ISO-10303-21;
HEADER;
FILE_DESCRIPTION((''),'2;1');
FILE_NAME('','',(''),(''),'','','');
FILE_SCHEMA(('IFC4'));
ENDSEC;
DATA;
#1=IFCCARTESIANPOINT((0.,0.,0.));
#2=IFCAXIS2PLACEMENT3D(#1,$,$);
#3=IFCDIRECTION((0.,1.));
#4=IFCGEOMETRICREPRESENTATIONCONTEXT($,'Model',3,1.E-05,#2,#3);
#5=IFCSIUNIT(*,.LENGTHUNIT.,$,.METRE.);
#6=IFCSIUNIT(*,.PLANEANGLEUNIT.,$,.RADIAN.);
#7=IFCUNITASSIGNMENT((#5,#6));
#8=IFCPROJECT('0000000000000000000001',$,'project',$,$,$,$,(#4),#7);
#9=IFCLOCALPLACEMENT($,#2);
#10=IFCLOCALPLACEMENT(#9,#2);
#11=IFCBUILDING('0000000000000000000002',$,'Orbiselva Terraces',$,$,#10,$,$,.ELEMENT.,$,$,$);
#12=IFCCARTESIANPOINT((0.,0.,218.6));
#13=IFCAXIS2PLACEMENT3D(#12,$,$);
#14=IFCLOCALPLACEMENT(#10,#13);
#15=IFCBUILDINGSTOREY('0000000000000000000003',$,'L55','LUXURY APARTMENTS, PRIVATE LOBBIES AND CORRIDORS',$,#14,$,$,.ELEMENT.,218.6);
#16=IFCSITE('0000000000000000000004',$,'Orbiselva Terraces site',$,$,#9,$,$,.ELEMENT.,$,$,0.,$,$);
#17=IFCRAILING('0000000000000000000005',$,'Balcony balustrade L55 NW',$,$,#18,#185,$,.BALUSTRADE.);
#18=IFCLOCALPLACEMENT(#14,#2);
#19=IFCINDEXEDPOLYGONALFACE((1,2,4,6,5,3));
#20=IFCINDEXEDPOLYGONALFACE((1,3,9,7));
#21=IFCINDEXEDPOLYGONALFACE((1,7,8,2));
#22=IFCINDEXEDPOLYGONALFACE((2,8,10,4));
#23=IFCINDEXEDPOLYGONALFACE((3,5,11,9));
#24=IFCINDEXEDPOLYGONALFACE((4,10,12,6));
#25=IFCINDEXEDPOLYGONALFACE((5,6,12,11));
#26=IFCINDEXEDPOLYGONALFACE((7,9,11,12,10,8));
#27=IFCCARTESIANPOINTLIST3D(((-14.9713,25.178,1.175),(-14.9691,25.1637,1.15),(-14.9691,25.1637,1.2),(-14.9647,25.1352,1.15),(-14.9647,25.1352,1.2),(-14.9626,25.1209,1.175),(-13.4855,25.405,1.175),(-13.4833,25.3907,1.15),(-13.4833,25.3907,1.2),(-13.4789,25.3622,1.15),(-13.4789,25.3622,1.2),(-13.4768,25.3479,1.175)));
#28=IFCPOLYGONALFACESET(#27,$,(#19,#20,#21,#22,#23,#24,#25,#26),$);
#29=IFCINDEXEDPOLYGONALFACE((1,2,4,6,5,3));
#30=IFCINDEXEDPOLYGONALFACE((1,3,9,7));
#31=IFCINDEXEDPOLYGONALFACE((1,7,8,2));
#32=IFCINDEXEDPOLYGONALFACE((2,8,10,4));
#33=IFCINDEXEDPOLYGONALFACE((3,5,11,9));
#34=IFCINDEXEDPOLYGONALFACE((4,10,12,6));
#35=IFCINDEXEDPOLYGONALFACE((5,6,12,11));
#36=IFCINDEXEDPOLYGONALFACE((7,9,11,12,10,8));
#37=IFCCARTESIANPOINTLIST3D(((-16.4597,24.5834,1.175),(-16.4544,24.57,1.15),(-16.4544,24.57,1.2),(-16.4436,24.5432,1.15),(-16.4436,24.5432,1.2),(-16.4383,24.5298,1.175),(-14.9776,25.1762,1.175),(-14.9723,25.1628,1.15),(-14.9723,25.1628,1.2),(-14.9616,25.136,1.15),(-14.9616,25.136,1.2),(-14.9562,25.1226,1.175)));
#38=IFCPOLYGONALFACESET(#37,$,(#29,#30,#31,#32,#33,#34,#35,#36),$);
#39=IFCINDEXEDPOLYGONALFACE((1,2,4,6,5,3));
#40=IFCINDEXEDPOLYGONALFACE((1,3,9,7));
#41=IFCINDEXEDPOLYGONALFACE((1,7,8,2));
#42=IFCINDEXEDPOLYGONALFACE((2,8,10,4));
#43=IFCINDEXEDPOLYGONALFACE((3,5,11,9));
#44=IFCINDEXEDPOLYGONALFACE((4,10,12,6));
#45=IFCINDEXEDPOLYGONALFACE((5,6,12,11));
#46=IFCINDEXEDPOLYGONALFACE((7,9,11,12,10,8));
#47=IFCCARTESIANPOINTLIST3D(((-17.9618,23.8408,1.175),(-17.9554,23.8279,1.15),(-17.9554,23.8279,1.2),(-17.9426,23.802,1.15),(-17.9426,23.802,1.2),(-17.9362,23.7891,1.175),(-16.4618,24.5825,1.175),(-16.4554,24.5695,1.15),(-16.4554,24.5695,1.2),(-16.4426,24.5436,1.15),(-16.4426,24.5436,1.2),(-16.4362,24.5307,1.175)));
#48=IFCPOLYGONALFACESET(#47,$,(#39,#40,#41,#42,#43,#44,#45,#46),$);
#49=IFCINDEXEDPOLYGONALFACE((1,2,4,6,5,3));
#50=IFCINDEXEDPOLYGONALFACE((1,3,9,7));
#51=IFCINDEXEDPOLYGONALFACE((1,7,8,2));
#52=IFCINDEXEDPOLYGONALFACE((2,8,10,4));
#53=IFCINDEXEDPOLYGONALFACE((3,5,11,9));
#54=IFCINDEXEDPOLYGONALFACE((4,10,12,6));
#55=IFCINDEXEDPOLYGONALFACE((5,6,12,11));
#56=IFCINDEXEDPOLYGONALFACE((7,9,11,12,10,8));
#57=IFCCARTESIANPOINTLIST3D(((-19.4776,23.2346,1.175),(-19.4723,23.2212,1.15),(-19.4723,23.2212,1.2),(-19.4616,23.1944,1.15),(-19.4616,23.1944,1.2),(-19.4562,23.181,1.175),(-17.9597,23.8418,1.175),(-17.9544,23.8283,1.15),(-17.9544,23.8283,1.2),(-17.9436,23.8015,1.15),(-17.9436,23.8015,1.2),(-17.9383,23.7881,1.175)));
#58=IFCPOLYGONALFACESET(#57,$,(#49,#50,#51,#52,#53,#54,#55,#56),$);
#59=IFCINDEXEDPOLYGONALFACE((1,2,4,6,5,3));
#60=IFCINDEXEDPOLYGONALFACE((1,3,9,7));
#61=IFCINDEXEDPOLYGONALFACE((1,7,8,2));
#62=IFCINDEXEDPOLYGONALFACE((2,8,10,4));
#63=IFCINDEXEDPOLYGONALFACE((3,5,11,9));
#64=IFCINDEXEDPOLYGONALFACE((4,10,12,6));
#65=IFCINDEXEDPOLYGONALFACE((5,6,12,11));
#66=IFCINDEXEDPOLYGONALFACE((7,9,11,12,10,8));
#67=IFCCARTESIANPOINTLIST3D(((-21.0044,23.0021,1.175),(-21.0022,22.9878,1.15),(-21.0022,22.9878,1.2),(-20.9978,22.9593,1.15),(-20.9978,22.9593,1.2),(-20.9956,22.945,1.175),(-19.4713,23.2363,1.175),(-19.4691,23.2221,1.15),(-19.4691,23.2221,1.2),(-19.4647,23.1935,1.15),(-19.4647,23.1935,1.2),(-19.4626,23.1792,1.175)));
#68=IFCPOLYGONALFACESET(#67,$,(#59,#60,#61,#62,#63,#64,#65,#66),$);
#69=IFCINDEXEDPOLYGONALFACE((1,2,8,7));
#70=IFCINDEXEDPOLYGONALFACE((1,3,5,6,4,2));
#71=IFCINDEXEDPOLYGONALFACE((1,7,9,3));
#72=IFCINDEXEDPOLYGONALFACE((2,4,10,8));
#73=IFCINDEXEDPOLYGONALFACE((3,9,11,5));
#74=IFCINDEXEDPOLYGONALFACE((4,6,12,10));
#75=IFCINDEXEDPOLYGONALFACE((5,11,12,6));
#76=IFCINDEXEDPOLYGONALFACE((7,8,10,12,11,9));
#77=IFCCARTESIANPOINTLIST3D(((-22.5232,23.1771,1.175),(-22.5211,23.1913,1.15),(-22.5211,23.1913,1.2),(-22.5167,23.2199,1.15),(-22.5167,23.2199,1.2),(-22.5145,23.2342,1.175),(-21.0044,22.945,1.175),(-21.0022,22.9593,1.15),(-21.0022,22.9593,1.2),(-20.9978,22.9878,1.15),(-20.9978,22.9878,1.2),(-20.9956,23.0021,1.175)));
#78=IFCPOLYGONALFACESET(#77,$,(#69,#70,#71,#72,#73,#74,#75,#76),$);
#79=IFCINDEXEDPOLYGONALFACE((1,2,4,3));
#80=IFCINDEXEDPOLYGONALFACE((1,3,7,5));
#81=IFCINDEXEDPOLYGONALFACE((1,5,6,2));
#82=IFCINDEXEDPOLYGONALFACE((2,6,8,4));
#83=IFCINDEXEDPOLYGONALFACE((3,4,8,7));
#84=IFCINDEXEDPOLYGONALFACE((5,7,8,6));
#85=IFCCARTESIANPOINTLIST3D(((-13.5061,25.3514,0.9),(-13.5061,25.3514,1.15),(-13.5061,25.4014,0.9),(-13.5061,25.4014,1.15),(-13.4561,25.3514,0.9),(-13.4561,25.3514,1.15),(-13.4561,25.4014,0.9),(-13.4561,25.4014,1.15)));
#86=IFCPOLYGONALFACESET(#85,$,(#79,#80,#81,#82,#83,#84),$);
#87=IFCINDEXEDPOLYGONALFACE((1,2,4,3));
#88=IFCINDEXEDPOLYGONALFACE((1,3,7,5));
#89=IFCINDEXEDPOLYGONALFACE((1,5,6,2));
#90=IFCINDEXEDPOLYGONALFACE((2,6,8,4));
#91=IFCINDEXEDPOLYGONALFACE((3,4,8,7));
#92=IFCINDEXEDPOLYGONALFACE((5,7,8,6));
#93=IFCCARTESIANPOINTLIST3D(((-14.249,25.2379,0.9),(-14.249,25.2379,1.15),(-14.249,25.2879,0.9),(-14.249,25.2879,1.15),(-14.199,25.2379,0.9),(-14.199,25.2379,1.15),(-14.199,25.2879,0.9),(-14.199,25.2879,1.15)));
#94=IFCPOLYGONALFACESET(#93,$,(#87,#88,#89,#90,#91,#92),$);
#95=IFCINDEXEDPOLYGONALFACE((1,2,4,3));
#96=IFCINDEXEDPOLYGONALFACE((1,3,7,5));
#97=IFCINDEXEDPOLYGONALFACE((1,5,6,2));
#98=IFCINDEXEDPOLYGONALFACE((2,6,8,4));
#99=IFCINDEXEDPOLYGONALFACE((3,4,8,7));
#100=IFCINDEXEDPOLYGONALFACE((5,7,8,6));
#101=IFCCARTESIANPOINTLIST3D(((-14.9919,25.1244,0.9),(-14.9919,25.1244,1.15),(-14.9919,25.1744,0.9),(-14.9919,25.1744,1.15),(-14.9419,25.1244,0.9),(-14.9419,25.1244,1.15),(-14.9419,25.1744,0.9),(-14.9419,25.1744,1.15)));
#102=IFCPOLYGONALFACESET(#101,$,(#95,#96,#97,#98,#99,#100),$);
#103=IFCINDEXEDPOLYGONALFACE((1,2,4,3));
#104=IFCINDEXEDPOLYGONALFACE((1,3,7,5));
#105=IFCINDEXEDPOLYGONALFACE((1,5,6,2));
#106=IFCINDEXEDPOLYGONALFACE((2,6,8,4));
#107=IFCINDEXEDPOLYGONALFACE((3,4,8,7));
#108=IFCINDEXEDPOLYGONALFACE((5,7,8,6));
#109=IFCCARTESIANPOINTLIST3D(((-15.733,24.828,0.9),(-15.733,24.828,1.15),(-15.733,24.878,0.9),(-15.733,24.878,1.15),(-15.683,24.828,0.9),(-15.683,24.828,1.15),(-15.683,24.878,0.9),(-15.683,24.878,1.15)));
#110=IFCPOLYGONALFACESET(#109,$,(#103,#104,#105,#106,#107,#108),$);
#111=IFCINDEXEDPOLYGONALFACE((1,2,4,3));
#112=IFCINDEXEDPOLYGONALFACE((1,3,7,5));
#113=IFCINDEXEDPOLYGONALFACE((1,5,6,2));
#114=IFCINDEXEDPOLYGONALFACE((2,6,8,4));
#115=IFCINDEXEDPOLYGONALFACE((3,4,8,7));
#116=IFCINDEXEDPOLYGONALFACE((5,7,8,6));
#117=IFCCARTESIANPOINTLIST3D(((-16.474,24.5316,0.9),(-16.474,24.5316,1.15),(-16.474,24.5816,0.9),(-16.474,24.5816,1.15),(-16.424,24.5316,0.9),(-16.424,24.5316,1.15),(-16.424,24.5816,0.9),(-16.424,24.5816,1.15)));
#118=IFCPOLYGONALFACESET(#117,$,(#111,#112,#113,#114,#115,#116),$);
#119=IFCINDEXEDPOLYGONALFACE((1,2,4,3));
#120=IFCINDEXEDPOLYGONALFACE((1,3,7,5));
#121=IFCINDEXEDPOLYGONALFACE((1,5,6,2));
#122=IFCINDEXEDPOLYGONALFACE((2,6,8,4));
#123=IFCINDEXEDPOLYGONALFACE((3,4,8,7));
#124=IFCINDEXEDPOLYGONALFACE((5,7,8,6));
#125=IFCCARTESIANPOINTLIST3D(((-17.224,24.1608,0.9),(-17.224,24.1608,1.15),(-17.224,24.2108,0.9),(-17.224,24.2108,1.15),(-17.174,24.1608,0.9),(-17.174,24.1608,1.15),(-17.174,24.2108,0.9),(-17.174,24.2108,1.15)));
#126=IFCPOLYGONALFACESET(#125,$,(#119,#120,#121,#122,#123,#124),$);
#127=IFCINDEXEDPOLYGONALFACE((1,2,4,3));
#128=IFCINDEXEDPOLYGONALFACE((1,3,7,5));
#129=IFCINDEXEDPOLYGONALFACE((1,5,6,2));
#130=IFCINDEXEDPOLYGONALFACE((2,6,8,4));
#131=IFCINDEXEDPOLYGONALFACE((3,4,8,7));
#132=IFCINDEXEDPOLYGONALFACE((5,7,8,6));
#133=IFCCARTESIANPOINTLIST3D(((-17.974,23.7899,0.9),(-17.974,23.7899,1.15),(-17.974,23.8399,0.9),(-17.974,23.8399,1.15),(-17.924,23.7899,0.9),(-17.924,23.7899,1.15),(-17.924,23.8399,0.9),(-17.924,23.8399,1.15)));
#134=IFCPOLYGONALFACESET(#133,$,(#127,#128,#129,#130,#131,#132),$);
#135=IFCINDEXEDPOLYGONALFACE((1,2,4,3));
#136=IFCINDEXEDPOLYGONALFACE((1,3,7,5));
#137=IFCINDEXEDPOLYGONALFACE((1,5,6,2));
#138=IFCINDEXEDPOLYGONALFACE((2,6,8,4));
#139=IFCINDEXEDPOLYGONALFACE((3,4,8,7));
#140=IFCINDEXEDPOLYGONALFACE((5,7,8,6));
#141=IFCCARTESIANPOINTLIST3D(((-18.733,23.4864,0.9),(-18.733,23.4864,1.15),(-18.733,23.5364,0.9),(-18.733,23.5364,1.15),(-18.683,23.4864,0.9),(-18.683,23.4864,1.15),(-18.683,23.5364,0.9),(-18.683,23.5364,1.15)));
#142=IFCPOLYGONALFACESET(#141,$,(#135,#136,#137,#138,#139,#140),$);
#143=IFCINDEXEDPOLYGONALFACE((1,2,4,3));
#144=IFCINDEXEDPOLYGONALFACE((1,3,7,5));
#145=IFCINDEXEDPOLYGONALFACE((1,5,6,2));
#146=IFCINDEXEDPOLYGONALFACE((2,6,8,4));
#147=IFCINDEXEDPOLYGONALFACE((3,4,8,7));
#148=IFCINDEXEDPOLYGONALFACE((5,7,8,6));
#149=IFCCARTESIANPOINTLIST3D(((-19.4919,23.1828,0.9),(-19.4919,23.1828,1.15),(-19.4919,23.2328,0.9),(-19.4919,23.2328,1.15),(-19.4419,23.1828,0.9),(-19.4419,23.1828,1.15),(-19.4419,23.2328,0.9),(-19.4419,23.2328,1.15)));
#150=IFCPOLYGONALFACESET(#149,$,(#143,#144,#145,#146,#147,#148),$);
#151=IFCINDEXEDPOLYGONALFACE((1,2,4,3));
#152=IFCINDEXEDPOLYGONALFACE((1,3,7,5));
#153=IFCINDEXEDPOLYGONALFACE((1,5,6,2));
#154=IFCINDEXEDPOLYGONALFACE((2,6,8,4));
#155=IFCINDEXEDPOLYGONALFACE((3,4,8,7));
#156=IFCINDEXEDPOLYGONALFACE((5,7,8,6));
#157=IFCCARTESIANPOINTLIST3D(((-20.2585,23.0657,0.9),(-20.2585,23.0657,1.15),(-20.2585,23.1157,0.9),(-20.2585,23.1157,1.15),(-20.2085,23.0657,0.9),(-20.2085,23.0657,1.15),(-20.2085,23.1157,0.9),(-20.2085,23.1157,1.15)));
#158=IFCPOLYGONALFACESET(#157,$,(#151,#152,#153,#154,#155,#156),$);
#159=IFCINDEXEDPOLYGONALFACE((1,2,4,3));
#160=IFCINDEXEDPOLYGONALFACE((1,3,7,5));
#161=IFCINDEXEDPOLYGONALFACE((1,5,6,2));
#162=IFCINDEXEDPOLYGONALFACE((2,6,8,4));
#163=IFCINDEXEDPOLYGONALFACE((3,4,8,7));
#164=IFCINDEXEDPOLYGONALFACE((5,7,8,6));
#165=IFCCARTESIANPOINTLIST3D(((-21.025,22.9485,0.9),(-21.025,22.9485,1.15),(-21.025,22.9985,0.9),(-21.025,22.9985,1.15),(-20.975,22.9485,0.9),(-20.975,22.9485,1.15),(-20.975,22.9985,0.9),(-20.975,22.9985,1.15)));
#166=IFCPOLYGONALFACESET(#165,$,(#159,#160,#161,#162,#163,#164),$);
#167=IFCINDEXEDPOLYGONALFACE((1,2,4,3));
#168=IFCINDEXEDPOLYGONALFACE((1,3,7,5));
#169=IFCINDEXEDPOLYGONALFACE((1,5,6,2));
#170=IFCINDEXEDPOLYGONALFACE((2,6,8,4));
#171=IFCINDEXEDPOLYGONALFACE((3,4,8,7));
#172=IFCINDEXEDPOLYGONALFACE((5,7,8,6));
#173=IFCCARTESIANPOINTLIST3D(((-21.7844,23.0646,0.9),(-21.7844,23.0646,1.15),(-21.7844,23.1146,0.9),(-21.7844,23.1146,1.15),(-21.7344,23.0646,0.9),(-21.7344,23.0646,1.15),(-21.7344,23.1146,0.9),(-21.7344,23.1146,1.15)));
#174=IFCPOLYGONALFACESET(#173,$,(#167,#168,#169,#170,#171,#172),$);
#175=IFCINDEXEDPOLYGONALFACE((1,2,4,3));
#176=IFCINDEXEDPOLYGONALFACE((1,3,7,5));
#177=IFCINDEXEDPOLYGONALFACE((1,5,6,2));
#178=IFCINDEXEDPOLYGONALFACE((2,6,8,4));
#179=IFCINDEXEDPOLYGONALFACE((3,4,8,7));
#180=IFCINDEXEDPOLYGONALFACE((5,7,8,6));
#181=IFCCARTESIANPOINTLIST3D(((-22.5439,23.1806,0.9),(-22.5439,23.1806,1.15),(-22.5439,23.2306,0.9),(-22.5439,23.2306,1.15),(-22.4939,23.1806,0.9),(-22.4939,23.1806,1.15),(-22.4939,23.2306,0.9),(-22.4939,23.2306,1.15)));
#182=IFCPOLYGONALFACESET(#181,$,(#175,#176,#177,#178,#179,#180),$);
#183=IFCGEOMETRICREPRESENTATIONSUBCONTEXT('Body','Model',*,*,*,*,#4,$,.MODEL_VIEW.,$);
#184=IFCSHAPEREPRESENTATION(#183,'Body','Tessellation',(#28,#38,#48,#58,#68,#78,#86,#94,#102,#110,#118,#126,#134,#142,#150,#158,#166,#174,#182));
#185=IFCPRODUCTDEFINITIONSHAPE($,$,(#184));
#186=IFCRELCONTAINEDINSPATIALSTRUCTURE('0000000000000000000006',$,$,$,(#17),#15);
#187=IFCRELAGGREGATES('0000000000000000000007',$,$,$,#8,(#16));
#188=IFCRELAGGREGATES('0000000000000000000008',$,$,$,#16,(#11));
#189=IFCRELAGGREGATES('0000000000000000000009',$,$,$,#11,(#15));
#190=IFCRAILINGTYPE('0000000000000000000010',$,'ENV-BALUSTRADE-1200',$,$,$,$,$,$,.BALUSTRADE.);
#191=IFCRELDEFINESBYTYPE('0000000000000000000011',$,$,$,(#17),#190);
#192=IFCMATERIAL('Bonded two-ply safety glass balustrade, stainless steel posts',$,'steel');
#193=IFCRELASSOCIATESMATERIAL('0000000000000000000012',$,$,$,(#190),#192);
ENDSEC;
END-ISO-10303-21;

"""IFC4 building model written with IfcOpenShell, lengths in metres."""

from ifc_helpers import new_model, si_unit, direction, frame, origin, origin_2d, place, context, subcontext, project, spatial, polyline, rectangle, outline, extrude, material, type_object, element, save


model = new_model("IFC4")

# Units and contexts
model_context = context("Model", 3, precision=1e-05, world=origin(), true_north=direction((0.0, 1.0)))
body_context = subcontext(model_context, "Body", "Model", "MODEL_VIEW")
ifc_project = project(units=[si_unit("LENGTHUNIT", "METRE"), si_unit("PLANEANGLEUNIT", "RADIAN")], contexts=[model_context])

# Site, building, storey
site_placement = place(None, origin())
site = spatial("IfcSite", under=ifc_project, at=site_placement, Name="Orbiselva Terraces site", CompositionType="ELEMENT", RefElevation=0.0)
building_placement = place(site_placement, origin())
building = spatial("IfcBuilding", under=site, at=building_placement, Name="Orbiselva Terraces", CompositionType="ELEMENT")
storey_placement = place(building_placement, frame((0.0, 0.0, 218.6)))
storey = spatial("IfcBuildingStorey", under=building, at=storey_placement, Name="L55", Description="LUXURY APARTMENTS, PRIVATE LOBBIES AND CORRIDORS", CompositionType="ELEMENT", Elevation=218.6)

# Railing
ifc_material_1 = material(Name="Bonded two-ply safety glass balustrade, stainless steel posts", Category="steel")
railing_type_1 = type_object("IfcRailingType", Name="ENV-BALUSTRADE-1200", PredefinedType="BALUSTRADE", material=ifc_material_1)
railing_1_placement = place(storey_placement, frame((-13.4811, 25.3764, 0.9)))
element("IfcRailing", 1, at=railing_1_placement, inside=storey, type_object=railing_type_1, Name="Balcony balustrade L55 NW", PredefinedType="BALUSTRADE", context=body_context, shape_type="SweptSolid", body=[
    extrude(outline(polyline([(0.0289, 0.0), (0.0144, 0.025), (-0.0144, 0.025), (-0.0289, 0.0), (-0.0144, -0.025), (0.0144, -0.025), (0.0289, 0.0)])), frame((0.0, 0.0, 0.275), z_axis=(-0.988529, -0.151034, 0.0), x_axis=(0.151034, -0.988529, 0.0)), (0.0, 0.0, 1.0), 1.503),
    extrude(outline(polyline([(0.0289, 0.0), (0.0144, 0.025), (-0.0144, 0.025), (-0.0289, 0.0), (-0.0144, -0.025), (0.0144, -0.025), (0.0289, 0.0)])), frame((-1.4858, -0.227, 0.275), z_axis=(-0.928477, -0.371391, 0.0), x_axis=(0.371391, -0.928477, 0.0)), (0.0, 0.0, 1.0), 1.5963),
    extrude(outline(polyline([(0.0289, 0.0), (0.0144, 0.025), (-0.0144, 0.025), (-0.0289, 0.0), (-0.0144, -0.025), (0.0144, -0.025), (0.0289, 0.0)])), frame((-2.9679, -0.8198, 0.275), z_axis=(-0.896417, -0.443212, 0.0), x_axis=(0.443212, -0.896417, 0.0)), (0.0, 0.0, 1.0), 1.6733),
    extrude(outline(polyline([(0.0289, 0.0), (0.0144, 0.025), (-0.0144, 0.025), (-0.0289, 0.0), (-0.0144, -0.025), (0.0144, -0.025), (0.0289, 0.0)])), frame((-4.4679, -1.5615, 0.275), z_axis=(-0.928477, -0.37139, 0.0), x_axis=(0.37139, -0.928477, 0.0)), (0.0, 0.0, 1.0), 1.6348),
    extrude(outline(polyline([(0.0289, 0.0), (0.0144, 0.025), (-0.0144, 0.025), (-0.0289, 0.0), (-0.0144, -0.025), (0.0144, -0.025), (0.0289, 0.0)])), frame((-5.9858, -2.1686, 0.275), z_axis=(-0.988529, -0.151034, 0.0), x_axis=(0.151034, -0.988529, 0.0)), (0.0, 0.0, 1.0), 1.5509),
    extrude(outline(polyline([(0.0289, 0.0), (0.0144, 0.025), (-0.0144, 0.025), (-0.0289, 0.0), (-0.0144, -0.025), (0.0144, -0.025), (0.0289, 0.0)])), frame((-7.5189, -2.4029, 0.275), z_axis=(-0.988529, 0.151034, 0.0), x_axis=(-0.151034, -0.988529, 0.0)), (0.0, 0.0, 1.0), 1.5365),
    extrude(rectangle(XDim=0.05, YDim=0.05, at=origin_2d()), origin(), (0.0, 0.0, 1.0), 0.25),
    extrude(rectangle(XDim=0.05, YDim=0.05, at=origin_2d()), frame((-0.7429, -0.1135, 0.0)), (0.0, 0.0, 1.0), 0.25),
    extrude(rectangle(XDim=0.05, YDim=0.05, at=origin_2d()), frame((-1.4858, -0.227, 0.0)), (0.0, 0.0, 1.0), 0.25),
    extrude(rectangle(XDim=0.05, YDim=0.05, at=origin_2d()), frame((-2.2268, -0.5234, 0.0)), (0.0, 0.0, 1.0), 0.25),
    extrude(rectangle(XDim=0.05, YDim=0.05, at=origin_2d()), frame((-2.9679, -0.8198, 0.0)), (0.0, 0.0, 1.0), 0.25),
    extrude(rectangle(XDim=0.05, YDim=0.05, at=origin_2d()), frame((-3.7179, -1.1907, 0.0)), (0.0, 0.0, 1.0), 0.25),
    extrude(rectangle(XDim=0.05, YDim=0.05, at=origin_2d()), frame((-4.4679, -1.5615, 0.0)), (0.0, 0.0, 1.0), 0.25),
    extrude(rectangle(XDim=0.05, YDim=0.05, at=origin_2d()), frame((-5.2268, -1.8651, 0.0)), (0.0, 0.0, 1.0), 0.25),
    extrude(rectangle(XDim=0.05, YDim=0.05, at=origin_2d()), frame((-5.9858, -2.1686, 0.0)), (0.0, 0.0, 1.0), 0.25),
    extrude(rectangle(XDim=0.05, YDim=0.05, at=origin_2d()), frame((-6.7523, -2.2858, 0.0)), (0.0, 0.0, 1.0), 0.25),
    extrude(rectangle(XDim=0.05, YDim=0.05, at=origin_2d()), frame((-7.5189, -2.4029, 0.0)), (0.0, 0.0, 1.0), 0.25),
    extrude(rectangle(XDim=0.05, YDim=0.05, at=origin_2d()), frame((-8.2783, -2.2869, 0.0)), (0.0, 0.0, 1.0), 0.25),
    extrude(rectangle(XDim=0.05, YDim=0.05, at=origin_2d()), frame((-9.0378, -2.1708, 0.0)), (0.0, 0.0, 1.0), 0.25),
])

save(model, "model.ifc")
